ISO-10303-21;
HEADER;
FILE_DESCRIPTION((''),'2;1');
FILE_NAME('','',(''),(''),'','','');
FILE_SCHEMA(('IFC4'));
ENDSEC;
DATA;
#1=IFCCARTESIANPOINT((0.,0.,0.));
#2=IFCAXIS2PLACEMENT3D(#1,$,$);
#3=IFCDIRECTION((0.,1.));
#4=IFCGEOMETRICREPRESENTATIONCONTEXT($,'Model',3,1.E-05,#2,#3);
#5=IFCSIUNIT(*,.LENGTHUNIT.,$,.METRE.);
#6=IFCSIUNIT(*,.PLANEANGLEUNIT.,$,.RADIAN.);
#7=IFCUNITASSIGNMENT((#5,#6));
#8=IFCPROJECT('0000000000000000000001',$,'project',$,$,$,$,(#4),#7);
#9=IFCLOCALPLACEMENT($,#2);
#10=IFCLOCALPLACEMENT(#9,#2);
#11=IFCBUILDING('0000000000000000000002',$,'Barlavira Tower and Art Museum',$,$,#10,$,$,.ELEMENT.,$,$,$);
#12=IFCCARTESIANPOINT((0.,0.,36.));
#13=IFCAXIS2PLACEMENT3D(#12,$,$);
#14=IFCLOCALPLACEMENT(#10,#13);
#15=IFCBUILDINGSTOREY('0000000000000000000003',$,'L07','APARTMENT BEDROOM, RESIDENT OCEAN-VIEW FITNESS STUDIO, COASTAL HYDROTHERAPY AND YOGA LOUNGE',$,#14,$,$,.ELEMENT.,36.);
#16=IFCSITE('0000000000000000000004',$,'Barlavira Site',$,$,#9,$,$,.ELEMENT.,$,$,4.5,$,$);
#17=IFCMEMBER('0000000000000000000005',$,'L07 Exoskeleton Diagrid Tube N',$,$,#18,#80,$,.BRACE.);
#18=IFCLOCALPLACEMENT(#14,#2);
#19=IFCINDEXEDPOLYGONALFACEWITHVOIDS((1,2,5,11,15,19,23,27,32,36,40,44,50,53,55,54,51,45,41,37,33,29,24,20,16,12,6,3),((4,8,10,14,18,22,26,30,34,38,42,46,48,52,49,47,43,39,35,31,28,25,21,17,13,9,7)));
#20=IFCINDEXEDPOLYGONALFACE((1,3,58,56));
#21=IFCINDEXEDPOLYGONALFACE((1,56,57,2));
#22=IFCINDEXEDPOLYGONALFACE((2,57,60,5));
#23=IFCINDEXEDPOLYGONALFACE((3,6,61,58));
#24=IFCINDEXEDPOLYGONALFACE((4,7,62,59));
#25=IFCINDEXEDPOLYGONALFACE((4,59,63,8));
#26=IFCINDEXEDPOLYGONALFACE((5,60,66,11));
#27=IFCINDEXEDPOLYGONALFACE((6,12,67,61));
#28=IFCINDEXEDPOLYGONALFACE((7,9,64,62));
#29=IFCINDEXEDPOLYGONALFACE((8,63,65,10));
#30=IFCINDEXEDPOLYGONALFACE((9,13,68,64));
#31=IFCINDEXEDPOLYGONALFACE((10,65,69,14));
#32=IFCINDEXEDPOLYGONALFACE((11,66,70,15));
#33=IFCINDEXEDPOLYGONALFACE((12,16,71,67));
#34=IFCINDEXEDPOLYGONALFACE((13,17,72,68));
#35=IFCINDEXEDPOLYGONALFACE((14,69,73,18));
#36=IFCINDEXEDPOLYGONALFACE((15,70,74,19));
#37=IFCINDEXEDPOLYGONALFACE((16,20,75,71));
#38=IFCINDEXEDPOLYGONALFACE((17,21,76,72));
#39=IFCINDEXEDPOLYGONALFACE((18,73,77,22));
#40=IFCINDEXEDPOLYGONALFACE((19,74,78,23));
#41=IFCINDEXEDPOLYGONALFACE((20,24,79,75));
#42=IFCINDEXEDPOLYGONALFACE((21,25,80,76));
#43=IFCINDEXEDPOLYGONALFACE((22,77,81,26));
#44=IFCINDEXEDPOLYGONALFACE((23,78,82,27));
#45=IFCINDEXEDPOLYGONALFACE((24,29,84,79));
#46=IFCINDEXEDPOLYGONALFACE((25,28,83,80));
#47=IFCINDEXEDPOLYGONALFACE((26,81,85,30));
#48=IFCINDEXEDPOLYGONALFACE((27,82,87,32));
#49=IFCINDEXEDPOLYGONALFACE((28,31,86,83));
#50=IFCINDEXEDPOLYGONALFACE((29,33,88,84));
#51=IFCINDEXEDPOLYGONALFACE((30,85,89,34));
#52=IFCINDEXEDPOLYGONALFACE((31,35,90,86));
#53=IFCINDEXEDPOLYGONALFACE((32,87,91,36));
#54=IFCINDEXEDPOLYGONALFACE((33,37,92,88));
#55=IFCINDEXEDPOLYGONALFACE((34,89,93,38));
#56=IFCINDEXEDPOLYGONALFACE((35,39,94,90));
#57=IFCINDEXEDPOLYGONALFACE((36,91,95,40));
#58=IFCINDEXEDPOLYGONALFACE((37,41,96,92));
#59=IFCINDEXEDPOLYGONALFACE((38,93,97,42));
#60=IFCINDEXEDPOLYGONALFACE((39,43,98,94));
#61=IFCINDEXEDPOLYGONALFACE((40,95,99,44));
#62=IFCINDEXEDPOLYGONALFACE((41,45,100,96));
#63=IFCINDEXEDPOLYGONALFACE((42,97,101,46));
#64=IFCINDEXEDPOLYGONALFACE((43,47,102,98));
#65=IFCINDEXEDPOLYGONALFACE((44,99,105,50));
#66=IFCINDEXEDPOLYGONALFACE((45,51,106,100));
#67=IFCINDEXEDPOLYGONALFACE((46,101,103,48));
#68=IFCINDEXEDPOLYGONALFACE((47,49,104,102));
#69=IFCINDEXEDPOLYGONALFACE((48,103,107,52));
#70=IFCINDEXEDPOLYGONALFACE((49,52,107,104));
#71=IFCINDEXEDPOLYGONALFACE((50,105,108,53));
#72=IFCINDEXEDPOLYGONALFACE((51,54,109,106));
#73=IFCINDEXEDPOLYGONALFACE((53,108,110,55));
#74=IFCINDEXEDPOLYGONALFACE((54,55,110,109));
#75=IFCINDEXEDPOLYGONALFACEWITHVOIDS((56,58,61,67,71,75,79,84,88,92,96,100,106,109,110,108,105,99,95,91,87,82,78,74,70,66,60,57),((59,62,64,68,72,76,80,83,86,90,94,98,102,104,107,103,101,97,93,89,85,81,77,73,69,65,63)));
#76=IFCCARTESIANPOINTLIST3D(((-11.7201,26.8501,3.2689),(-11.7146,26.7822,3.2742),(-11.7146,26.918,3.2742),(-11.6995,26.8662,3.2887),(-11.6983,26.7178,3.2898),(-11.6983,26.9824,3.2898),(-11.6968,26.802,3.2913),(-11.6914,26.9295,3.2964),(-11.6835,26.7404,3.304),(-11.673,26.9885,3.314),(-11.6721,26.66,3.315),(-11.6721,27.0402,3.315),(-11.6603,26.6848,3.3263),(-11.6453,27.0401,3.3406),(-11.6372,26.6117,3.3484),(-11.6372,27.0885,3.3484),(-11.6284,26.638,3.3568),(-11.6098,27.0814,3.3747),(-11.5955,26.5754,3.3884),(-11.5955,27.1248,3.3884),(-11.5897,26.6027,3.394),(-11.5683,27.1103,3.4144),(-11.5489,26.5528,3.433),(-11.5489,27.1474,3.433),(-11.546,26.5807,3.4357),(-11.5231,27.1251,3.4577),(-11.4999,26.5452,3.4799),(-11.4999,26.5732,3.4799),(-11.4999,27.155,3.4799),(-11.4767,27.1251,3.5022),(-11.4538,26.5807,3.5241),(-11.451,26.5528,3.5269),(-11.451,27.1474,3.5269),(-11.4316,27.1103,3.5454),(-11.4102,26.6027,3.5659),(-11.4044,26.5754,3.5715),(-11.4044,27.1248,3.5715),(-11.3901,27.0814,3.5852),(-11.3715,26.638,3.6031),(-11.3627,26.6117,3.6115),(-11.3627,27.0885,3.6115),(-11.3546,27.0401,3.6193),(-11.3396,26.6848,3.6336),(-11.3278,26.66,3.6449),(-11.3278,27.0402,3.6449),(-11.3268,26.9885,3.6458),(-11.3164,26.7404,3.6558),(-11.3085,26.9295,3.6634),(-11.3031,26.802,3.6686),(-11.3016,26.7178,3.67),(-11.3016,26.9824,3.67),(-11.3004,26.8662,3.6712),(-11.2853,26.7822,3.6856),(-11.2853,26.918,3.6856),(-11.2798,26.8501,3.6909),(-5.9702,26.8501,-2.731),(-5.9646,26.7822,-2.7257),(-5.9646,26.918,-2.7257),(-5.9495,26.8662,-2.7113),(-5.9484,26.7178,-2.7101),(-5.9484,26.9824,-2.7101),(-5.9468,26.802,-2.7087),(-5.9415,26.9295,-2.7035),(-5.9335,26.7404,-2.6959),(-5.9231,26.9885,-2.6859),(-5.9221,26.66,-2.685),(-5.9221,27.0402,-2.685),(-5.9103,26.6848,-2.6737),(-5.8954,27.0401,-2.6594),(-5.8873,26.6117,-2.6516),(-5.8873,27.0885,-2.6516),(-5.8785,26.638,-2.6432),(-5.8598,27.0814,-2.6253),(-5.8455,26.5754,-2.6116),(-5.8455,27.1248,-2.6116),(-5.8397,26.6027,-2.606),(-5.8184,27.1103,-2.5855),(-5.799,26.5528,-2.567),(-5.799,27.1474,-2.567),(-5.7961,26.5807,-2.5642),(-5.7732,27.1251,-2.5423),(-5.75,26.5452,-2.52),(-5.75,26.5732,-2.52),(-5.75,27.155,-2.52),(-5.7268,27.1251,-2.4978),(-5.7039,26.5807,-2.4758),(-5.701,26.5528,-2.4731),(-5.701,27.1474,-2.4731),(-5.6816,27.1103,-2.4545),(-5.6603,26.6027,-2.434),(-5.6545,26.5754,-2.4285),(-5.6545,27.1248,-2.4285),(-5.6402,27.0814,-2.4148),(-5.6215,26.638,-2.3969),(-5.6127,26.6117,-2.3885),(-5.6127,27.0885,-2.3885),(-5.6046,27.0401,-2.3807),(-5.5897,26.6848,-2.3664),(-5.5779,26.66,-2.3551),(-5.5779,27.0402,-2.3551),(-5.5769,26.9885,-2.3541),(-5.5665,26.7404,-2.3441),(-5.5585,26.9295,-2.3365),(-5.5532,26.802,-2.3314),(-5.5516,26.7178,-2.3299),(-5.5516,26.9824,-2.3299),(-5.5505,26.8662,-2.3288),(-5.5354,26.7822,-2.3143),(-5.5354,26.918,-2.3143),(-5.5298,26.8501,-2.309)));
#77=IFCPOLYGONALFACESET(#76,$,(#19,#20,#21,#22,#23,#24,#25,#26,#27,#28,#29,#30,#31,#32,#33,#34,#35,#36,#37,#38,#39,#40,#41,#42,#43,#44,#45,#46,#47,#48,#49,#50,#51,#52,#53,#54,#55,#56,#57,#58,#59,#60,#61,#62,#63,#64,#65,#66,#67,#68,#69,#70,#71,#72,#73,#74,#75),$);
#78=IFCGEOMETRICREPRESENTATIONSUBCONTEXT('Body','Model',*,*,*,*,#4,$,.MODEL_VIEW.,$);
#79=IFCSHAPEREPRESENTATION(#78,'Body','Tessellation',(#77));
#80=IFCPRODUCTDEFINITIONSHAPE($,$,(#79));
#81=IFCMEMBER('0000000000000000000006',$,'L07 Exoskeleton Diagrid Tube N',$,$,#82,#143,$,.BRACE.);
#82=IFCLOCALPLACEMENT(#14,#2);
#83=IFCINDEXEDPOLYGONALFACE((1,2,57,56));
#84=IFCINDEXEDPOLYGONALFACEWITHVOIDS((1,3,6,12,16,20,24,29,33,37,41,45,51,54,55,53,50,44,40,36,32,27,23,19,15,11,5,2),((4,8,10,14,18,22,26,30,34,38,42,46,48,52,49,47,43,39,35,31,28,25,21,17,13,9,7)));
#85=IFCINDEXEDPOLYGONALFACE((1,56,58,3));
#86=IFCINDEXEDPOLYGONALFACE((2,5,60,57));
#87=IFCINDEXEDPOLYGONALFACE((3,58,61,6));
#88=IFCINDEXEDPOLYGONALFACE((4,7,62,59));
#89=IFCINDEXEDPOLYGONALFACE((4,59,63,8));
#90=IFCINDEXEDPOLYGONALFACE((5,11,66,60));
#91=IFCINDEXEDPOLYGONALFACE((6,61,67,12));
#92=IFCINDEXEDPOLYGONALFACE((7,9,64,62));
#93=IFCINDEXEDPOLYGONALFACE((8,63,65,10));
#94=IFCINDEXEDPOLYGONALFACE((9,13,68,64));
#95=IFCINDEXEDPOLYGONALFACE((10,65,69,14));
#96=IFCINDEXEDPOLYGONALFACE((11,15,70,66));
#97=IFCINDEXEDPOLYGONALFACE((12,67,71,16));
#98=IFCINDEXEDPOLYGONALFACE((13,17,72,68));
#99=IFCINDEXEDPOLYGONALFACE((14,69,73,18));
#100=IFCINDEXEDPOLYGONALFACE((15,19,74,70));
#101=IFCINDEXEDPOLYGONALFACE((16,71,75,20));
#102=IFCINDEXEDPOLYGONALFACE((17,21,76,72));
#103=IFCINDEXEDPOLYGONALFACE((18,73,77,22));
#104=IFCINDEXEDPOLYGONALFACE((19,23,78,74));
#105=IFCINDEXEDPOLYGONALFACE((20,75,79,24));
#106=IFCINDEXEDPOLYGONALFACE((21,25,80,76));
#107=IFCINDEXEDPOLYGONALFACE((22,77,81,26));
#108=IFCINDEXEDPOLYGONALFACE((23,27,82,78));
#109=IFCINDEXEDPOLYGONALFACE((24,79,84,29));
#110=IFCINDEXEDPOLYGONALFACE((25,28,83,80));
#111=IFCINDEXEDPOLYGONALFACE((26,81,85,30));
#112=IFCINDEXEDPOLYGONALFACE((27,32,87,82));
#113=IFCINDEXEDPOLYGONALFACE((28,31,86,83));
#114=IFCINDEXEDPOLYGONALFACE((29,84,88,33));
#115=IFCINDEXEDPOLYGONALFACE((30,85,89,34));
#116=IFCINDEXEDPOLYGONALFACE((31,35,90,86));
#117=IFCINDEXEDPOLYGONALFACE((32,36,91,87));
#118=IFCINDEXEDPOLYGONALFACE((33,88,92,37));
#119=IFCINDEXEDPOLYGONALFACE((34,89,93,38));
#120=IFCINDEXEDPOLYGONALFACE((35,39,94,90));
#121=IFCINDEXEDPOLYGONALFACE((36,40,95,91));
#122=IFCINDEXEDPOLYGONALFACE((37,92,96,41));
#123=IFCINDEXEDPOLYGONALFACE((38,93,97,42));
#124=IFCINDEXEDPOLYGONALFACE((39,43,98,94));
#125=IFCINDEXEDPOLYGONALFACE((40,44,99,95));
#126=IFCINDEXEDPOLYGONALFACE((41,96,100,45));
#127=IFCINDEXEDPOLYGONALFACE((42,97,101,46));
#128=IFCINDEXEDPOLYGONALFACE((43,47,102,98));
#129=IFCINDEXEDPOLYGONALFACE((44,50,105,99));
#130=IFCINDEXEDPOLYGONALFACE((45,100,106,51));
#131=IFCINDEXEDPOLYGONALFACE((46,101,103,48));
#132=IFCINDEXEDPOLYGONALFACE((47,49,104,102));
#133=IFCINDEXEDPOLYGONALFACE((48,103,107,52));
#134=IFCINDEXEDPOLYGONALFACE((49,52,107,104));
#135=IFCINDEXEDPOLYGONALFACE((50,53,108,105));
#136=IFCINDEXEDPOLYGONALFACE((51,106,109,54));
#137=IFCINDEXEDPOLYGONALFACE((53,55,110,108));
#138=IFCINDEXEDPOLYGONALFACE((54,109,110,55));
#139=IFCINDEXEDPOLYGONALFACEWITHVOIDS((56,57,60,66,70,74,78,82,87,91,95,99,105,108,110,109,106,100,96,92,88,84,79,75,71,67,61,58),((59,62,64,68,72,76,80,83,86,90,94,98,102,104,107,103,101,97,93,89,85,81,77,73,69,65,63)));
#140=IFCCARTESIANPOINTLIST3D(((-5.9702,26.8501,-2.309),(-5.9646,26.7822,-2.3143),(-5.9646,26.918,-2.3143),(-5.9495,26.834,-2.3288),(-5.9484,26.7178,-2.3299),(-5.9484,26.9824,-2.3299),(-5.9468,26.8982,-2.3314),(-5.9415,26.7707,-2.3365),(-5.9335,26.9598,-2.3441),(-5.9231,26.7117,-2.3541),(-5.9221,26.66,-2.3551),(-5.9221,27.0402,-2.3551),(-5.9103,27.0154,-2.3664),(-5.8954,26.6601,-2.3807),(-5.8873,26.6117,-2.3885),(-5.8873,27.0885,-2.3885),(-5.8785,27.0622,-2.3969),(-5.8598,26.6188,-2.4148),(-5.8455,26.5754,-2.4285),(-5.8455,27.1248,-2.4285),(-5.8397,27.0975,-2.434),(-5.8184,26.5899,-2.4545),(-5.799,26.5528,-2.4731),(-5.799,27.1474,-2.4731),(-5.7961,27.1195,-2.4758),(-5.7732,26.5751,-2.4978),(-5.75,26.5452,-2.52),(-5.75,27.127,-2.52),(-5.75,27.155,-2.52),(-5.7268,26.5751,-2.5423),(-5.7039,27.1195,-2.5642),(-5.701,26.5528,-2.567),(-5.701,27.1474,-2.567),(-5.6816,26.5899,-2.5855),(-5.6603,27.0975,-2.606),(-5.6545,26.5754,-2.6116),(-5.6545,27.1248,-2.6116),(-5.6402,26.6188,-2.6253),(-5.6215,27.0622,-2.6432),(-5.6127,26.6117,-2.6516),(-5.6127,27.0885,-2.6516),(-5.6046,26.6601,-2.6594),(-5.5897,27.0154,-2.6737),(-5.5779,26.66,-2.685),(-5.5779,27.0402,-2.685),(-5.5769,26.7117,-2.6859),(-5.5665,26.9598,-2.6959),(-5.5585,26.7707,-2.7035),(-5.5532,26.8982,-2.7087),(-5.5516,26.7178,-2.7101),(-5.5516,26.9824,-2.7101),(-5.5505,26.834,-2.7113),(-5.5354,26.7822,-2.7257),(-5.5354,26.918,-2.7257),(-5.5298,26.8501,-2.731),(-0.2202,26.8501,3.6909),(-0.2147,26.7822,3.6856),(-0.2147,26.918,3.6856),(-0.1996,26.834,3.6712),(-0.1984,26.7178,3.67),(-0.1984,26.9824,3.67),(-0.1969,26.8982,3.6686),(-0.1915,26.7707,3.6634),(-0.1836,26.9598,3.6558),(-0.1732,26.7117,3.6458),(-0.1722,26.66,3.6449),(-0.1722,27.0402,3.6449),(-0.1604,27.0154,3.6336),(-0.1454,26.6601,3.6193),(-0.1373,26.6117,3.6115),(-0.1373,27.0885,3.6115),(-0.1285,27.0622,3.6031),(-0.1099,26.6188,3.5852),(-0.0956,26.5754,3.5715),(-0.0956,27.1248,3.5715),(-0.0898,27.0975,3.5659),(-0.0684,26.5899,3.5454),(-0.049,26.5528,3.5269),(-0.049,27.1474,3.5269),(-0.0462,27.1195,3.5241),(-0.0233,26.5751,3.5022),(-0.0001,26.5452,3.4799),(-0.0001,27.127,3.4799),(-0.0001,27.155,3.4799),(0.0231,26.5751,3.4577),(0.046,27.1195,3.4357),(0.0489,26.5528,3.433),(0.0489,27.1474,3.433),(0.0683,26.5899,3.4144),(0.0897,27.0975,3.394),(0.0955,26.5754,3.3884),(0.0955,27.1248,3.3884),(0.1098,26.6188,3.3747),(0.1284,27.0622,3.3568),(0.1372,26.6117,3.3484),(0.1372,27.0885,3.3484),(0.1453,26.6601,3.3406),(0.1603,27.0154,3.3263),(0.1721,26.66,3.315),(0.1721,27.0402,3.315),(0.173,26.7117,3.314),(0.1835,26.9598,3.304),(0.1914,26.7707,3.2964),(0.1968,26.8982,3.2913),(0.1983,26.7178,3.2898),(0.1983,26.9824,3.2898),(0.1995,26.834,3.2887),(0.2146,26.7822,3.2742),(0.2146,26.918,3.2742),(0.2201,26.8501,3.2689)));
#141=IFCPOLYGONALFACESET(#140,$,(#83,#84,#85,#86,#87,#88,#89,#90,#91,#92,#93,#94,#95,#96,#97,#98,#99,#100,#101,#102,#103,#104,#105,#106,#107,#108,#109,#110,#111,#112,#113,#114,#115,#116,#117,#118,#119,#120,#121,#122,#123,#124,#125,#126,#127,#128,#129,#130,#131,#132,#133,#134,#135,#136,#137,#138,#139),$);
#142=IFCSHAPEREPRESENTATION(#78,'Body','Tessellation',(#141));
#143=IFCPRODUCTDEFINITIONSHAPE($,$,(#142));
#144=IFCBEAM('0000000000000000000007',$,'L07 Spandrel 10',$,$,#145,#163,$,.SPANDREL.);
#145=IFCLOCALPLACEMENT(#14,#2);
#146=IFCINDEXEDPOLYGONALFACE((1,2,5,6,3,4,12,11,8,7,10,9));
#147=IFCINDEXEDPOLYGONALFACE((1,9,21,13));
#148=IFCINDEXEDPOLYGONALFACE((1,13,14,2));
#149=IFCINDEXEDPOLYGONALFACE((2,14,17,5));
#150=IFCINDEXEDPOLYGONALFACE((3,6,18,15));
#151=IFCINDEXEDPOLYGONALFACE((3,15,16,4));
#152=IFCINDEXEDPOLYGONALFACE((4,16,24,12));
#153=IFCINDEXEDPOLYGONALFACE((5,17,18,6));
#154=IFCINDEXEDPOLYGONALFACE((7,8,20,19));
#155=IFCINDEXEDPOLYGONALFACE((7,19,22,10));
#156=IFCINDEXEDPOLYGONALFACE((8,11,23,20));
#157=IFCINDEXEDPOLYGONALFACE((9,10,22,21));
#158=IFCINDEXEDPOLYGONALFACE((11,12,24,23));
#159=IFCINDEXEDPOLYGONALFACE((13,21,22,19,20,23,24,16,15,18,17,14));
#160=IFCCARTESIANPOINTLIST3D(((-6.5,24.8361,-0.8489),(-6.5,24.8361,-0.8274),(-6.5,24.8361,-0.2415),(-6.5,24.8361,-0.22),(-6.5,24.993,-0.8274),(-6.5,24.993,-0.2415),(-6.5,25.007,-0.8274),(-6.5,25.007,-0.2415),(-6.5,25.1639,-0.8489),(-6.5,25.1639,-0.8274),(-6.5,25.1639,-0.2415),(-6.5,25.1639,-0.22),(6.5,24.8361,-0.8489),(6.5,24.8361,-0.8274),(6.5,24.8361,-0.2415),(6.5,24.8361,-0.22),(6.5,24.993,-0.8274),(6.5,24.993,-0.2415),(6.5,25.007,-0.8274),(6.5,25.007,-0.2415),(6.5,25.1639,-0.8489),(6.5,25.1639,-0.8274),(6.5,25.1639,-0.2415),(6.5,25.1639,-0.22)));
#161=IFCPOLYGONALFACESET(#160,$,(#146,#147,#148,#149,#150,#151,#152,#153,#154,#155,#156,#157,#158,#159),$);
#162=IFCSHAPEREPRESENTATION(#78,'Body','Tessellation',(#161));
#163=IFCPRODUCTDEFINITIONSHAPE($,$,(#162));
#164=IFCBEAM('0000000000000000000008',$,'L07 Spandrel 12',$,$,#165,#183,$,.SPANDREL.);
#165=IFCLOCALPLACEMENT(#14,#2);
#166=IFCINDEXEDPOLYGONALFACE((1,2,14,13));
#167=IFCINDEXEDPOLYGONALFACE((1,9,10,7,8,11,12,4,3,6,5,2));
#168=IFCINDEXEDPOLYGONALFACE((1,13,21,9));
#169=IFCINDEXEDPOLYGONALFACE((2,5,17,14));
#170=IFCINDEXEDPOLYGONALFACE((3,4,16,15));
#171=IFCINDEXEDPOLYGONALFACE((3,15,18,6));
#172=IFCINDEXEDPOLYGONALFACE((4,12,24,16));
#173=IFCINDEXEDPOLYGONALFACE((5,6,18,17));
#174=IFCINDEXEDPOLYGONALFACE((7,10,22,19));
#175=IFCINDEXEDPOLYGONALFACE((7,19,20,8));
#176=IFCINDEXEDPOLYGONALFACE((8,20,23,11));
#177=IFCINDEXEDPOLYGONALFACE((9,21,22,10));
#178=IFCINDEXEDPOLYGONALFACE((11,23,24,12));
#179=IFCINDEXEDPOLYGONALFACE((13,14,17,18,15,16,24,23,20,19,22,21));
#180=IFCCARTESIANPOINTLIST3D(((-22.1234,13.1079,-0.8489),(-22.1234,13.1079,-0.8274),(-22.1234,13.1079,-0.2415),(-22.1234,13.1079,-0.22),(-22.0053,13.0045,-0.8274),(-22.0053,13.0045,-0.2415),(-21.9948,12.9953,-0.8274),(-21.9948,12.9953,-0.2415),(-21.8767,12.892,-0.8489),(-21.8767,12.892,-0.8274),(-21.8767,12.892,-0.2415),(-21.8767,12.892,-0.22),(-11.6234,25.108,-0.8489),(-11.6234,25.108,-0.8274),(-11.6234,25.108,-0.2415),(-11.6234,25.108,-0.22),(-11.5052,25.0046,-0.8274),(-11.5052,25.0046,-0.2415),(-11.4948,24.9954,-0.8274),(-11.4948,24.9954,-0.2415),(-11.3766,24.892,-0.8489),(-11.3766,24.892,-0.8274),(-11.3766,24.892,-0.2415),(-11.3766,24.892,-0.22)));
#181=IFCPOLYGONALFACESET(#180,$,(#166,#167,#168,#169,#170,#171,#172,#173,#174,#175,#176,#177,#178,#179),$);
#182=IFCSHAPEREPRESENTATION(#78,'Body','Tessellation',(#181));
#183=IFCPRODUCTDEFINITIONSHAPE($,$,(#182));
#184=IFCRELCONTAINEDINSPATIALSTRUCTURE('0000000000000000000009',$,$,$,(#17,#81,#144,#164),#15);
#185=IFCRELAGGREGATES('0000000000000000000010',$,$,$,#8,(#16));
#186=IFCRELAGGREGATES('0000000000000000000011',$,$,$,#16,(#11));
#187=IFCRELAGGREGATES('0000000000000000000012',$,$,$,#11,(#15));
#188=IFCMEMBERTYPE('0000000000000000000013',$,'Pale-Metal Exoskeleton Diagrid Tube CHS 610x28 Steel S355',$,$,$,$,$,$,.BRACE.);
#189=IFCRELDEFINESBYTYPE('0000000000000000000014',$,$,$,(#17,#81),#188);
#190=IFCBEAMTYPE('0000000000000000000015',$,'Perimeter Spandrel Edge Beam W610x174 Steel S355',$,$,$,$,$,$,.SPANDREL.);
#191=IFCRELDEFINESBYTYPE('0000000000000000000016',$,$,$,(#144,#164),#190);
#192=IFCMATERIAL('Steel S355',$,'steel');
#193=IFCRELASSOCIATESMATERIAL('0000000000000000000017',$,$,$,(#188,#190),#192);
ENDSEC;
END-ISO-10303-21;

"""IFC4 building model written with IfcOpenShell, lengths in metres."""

from ifc_helpers import new_model, si_unit, direction, frame, origin, origin_2d, place, context, subcontext, project, spatial, hollow_circle, i_section, extrude, material, material_profile, profile_set, type_object, element, save


model = new_model("IFC4")

# Units and contexts
model_context = context("Model", 3, precision=1e-05, world=origin(), true_north=direction((0.0, 1.0)))
body_context = subcontext(model_context, "Body", "Model", "MODEL_VIEW")
ifc_project = project(units=[si_unit("LENGTHUNIT", "METRE"), si_unit("PLANEANGLEUNIT", "RADIAN")], contexts=[model_context])

# Site, building, storey
site_placement = place(None, origin())
site = spatial("IfcSite", under=ifc_project, at=site_placement, Name="Barlavira Site", CompositionType="ELEMENT", RefElevation=4.5)
building_placement = place(site_placement, origin())
building = spatial("IfcBuilding", under=site, at=building_placement, Name="Barlavira Tower and Art Museum", CompositionType="ELEMENT")
storey_placement = place(building_placement, frame((0.0, 0.0, 36.0)))
storey = spatial("IfcBuildingStorey", under=building, at=storey_placement, Name="L07", Description="APARTMENT BEDROOM, RESIDENT OCEAN-VIEW FITNESS STUDIO, COASTAL HYDROTHERAPY AND YOGA LOUNGE", CompositionType="ELEMENT", Elevation=36.0)

# Shared definitions
ifc_material_1 = material(Name="Steel S355", Category="steel")

# Members
ifc_material_profile_1 = material_profile(ifc_material_1, hollow_circle(Radius=0.3049, WallThickness=0.0281, at=origin_2d()), Name="CHS 610.0x28.0")
ifc_profile_set_1 = profile_set([ifc_material_profile_1], Name="Steel S355")
member_type_1 = type_object("IfcMemberType", Name="Pale-Metal Exoskeleton Diagrid Tube CHS 610x28 Steel S355", PredefinedType="BRACE", material=ifc_profile_set_1)
for number, where, z_axis, x_axis, name in (
    (1, (-5.75, 26.8501, -2.52), (-0.691905, 0.0, 0.721988), (0.0, -1.0, 0.0), "L07 Exoskeleton Diagrid Tube N"),
    (2, (-5.75, 26.8501, -2.52), (0.691905, 0.0, 0.721988), (0.0, 1.0, 0.0), "L07 Exoskeleton Diagrid Tube N"),
):
    element("IfcMember", number, at=place(storey_placement, frame(where, z_axis=z_axis, x_axis=x_axis)), inside=storey, type_object=member_type_1, Name=name, PredefinedType="BRACE", context=body_context, shape_type="SweptSolid", body=[
        extrude(hollow_circle(Radius=0.3049, WallThickness=0.0281, at=origin_2d()), origin(), (0.0, 0.0, 1.0), 8.3103),
    ])

# Beams
ifc_material_profile_2 = material_profile(ifc_material_1, i_section(OverallWidth=0.3279, OverallDepth=0.6289, WebThickness=0.0139, FlangeThickness=0.0215, at=origin_2d()), Name="W610x174.0")
ifc_profile_set_2 = profile_set([ifc_material_profile_2], Name="Steel S355")
beam_type_1 = type_object("IfcBeamType", Name="Perimeter Spandrel Edge Beam W610x174 Steel S355", PredefinedType="SPANDREL", material=ifc_profile_set_2)
beam_1_placement = place(storey_placement, frame((-6.5, 25.0, -0.5344), z_axis=(1.0, 0.0, 0.0), x_axis=(0.0, 1.0, 0.0)))
element("IfcBeam", 3, at=beam_1_placement, inside=storey, type_object=beam_type_1, Name="L07 Spandrel 10", PredefinedType="SPANDREL", context=body_context, shape_type="SweptSolid", body=[
    extrude(i_section(OverallWidth=0.3279, OverallDepth=0.6289, WebThickness=0.0139, FlangeThickness=0.0215, at=origin_2d()), origin(), (0.0, 0.0, 1.0), 13.0),
])
beam_2_placement = place(storey_placement, frame((-11.5, 25.0, -0.5344), z_axis=(-0.658505, -0.752577, 0.0), x_axis=(0.752577, -0.658505, 0.0)))
element("IfcBeam", 4, at=beam_2_placement, inside=storey, type_object=beam_type_1, Name="L07 Spandrel 12", PredefinedType="SPANDREL", context=body_context, shape_type="SweptSolid", body=[
    extrude(i_section(OverallWidth=0.3279, OverallDepth=0.6289, WebThickness=0.0139, FlangeThickness=0.0215, at=origin_2d()), origin(), (0.0, 0.0, 1.0), 15.9453),
])

save(model, "model.ifc")
